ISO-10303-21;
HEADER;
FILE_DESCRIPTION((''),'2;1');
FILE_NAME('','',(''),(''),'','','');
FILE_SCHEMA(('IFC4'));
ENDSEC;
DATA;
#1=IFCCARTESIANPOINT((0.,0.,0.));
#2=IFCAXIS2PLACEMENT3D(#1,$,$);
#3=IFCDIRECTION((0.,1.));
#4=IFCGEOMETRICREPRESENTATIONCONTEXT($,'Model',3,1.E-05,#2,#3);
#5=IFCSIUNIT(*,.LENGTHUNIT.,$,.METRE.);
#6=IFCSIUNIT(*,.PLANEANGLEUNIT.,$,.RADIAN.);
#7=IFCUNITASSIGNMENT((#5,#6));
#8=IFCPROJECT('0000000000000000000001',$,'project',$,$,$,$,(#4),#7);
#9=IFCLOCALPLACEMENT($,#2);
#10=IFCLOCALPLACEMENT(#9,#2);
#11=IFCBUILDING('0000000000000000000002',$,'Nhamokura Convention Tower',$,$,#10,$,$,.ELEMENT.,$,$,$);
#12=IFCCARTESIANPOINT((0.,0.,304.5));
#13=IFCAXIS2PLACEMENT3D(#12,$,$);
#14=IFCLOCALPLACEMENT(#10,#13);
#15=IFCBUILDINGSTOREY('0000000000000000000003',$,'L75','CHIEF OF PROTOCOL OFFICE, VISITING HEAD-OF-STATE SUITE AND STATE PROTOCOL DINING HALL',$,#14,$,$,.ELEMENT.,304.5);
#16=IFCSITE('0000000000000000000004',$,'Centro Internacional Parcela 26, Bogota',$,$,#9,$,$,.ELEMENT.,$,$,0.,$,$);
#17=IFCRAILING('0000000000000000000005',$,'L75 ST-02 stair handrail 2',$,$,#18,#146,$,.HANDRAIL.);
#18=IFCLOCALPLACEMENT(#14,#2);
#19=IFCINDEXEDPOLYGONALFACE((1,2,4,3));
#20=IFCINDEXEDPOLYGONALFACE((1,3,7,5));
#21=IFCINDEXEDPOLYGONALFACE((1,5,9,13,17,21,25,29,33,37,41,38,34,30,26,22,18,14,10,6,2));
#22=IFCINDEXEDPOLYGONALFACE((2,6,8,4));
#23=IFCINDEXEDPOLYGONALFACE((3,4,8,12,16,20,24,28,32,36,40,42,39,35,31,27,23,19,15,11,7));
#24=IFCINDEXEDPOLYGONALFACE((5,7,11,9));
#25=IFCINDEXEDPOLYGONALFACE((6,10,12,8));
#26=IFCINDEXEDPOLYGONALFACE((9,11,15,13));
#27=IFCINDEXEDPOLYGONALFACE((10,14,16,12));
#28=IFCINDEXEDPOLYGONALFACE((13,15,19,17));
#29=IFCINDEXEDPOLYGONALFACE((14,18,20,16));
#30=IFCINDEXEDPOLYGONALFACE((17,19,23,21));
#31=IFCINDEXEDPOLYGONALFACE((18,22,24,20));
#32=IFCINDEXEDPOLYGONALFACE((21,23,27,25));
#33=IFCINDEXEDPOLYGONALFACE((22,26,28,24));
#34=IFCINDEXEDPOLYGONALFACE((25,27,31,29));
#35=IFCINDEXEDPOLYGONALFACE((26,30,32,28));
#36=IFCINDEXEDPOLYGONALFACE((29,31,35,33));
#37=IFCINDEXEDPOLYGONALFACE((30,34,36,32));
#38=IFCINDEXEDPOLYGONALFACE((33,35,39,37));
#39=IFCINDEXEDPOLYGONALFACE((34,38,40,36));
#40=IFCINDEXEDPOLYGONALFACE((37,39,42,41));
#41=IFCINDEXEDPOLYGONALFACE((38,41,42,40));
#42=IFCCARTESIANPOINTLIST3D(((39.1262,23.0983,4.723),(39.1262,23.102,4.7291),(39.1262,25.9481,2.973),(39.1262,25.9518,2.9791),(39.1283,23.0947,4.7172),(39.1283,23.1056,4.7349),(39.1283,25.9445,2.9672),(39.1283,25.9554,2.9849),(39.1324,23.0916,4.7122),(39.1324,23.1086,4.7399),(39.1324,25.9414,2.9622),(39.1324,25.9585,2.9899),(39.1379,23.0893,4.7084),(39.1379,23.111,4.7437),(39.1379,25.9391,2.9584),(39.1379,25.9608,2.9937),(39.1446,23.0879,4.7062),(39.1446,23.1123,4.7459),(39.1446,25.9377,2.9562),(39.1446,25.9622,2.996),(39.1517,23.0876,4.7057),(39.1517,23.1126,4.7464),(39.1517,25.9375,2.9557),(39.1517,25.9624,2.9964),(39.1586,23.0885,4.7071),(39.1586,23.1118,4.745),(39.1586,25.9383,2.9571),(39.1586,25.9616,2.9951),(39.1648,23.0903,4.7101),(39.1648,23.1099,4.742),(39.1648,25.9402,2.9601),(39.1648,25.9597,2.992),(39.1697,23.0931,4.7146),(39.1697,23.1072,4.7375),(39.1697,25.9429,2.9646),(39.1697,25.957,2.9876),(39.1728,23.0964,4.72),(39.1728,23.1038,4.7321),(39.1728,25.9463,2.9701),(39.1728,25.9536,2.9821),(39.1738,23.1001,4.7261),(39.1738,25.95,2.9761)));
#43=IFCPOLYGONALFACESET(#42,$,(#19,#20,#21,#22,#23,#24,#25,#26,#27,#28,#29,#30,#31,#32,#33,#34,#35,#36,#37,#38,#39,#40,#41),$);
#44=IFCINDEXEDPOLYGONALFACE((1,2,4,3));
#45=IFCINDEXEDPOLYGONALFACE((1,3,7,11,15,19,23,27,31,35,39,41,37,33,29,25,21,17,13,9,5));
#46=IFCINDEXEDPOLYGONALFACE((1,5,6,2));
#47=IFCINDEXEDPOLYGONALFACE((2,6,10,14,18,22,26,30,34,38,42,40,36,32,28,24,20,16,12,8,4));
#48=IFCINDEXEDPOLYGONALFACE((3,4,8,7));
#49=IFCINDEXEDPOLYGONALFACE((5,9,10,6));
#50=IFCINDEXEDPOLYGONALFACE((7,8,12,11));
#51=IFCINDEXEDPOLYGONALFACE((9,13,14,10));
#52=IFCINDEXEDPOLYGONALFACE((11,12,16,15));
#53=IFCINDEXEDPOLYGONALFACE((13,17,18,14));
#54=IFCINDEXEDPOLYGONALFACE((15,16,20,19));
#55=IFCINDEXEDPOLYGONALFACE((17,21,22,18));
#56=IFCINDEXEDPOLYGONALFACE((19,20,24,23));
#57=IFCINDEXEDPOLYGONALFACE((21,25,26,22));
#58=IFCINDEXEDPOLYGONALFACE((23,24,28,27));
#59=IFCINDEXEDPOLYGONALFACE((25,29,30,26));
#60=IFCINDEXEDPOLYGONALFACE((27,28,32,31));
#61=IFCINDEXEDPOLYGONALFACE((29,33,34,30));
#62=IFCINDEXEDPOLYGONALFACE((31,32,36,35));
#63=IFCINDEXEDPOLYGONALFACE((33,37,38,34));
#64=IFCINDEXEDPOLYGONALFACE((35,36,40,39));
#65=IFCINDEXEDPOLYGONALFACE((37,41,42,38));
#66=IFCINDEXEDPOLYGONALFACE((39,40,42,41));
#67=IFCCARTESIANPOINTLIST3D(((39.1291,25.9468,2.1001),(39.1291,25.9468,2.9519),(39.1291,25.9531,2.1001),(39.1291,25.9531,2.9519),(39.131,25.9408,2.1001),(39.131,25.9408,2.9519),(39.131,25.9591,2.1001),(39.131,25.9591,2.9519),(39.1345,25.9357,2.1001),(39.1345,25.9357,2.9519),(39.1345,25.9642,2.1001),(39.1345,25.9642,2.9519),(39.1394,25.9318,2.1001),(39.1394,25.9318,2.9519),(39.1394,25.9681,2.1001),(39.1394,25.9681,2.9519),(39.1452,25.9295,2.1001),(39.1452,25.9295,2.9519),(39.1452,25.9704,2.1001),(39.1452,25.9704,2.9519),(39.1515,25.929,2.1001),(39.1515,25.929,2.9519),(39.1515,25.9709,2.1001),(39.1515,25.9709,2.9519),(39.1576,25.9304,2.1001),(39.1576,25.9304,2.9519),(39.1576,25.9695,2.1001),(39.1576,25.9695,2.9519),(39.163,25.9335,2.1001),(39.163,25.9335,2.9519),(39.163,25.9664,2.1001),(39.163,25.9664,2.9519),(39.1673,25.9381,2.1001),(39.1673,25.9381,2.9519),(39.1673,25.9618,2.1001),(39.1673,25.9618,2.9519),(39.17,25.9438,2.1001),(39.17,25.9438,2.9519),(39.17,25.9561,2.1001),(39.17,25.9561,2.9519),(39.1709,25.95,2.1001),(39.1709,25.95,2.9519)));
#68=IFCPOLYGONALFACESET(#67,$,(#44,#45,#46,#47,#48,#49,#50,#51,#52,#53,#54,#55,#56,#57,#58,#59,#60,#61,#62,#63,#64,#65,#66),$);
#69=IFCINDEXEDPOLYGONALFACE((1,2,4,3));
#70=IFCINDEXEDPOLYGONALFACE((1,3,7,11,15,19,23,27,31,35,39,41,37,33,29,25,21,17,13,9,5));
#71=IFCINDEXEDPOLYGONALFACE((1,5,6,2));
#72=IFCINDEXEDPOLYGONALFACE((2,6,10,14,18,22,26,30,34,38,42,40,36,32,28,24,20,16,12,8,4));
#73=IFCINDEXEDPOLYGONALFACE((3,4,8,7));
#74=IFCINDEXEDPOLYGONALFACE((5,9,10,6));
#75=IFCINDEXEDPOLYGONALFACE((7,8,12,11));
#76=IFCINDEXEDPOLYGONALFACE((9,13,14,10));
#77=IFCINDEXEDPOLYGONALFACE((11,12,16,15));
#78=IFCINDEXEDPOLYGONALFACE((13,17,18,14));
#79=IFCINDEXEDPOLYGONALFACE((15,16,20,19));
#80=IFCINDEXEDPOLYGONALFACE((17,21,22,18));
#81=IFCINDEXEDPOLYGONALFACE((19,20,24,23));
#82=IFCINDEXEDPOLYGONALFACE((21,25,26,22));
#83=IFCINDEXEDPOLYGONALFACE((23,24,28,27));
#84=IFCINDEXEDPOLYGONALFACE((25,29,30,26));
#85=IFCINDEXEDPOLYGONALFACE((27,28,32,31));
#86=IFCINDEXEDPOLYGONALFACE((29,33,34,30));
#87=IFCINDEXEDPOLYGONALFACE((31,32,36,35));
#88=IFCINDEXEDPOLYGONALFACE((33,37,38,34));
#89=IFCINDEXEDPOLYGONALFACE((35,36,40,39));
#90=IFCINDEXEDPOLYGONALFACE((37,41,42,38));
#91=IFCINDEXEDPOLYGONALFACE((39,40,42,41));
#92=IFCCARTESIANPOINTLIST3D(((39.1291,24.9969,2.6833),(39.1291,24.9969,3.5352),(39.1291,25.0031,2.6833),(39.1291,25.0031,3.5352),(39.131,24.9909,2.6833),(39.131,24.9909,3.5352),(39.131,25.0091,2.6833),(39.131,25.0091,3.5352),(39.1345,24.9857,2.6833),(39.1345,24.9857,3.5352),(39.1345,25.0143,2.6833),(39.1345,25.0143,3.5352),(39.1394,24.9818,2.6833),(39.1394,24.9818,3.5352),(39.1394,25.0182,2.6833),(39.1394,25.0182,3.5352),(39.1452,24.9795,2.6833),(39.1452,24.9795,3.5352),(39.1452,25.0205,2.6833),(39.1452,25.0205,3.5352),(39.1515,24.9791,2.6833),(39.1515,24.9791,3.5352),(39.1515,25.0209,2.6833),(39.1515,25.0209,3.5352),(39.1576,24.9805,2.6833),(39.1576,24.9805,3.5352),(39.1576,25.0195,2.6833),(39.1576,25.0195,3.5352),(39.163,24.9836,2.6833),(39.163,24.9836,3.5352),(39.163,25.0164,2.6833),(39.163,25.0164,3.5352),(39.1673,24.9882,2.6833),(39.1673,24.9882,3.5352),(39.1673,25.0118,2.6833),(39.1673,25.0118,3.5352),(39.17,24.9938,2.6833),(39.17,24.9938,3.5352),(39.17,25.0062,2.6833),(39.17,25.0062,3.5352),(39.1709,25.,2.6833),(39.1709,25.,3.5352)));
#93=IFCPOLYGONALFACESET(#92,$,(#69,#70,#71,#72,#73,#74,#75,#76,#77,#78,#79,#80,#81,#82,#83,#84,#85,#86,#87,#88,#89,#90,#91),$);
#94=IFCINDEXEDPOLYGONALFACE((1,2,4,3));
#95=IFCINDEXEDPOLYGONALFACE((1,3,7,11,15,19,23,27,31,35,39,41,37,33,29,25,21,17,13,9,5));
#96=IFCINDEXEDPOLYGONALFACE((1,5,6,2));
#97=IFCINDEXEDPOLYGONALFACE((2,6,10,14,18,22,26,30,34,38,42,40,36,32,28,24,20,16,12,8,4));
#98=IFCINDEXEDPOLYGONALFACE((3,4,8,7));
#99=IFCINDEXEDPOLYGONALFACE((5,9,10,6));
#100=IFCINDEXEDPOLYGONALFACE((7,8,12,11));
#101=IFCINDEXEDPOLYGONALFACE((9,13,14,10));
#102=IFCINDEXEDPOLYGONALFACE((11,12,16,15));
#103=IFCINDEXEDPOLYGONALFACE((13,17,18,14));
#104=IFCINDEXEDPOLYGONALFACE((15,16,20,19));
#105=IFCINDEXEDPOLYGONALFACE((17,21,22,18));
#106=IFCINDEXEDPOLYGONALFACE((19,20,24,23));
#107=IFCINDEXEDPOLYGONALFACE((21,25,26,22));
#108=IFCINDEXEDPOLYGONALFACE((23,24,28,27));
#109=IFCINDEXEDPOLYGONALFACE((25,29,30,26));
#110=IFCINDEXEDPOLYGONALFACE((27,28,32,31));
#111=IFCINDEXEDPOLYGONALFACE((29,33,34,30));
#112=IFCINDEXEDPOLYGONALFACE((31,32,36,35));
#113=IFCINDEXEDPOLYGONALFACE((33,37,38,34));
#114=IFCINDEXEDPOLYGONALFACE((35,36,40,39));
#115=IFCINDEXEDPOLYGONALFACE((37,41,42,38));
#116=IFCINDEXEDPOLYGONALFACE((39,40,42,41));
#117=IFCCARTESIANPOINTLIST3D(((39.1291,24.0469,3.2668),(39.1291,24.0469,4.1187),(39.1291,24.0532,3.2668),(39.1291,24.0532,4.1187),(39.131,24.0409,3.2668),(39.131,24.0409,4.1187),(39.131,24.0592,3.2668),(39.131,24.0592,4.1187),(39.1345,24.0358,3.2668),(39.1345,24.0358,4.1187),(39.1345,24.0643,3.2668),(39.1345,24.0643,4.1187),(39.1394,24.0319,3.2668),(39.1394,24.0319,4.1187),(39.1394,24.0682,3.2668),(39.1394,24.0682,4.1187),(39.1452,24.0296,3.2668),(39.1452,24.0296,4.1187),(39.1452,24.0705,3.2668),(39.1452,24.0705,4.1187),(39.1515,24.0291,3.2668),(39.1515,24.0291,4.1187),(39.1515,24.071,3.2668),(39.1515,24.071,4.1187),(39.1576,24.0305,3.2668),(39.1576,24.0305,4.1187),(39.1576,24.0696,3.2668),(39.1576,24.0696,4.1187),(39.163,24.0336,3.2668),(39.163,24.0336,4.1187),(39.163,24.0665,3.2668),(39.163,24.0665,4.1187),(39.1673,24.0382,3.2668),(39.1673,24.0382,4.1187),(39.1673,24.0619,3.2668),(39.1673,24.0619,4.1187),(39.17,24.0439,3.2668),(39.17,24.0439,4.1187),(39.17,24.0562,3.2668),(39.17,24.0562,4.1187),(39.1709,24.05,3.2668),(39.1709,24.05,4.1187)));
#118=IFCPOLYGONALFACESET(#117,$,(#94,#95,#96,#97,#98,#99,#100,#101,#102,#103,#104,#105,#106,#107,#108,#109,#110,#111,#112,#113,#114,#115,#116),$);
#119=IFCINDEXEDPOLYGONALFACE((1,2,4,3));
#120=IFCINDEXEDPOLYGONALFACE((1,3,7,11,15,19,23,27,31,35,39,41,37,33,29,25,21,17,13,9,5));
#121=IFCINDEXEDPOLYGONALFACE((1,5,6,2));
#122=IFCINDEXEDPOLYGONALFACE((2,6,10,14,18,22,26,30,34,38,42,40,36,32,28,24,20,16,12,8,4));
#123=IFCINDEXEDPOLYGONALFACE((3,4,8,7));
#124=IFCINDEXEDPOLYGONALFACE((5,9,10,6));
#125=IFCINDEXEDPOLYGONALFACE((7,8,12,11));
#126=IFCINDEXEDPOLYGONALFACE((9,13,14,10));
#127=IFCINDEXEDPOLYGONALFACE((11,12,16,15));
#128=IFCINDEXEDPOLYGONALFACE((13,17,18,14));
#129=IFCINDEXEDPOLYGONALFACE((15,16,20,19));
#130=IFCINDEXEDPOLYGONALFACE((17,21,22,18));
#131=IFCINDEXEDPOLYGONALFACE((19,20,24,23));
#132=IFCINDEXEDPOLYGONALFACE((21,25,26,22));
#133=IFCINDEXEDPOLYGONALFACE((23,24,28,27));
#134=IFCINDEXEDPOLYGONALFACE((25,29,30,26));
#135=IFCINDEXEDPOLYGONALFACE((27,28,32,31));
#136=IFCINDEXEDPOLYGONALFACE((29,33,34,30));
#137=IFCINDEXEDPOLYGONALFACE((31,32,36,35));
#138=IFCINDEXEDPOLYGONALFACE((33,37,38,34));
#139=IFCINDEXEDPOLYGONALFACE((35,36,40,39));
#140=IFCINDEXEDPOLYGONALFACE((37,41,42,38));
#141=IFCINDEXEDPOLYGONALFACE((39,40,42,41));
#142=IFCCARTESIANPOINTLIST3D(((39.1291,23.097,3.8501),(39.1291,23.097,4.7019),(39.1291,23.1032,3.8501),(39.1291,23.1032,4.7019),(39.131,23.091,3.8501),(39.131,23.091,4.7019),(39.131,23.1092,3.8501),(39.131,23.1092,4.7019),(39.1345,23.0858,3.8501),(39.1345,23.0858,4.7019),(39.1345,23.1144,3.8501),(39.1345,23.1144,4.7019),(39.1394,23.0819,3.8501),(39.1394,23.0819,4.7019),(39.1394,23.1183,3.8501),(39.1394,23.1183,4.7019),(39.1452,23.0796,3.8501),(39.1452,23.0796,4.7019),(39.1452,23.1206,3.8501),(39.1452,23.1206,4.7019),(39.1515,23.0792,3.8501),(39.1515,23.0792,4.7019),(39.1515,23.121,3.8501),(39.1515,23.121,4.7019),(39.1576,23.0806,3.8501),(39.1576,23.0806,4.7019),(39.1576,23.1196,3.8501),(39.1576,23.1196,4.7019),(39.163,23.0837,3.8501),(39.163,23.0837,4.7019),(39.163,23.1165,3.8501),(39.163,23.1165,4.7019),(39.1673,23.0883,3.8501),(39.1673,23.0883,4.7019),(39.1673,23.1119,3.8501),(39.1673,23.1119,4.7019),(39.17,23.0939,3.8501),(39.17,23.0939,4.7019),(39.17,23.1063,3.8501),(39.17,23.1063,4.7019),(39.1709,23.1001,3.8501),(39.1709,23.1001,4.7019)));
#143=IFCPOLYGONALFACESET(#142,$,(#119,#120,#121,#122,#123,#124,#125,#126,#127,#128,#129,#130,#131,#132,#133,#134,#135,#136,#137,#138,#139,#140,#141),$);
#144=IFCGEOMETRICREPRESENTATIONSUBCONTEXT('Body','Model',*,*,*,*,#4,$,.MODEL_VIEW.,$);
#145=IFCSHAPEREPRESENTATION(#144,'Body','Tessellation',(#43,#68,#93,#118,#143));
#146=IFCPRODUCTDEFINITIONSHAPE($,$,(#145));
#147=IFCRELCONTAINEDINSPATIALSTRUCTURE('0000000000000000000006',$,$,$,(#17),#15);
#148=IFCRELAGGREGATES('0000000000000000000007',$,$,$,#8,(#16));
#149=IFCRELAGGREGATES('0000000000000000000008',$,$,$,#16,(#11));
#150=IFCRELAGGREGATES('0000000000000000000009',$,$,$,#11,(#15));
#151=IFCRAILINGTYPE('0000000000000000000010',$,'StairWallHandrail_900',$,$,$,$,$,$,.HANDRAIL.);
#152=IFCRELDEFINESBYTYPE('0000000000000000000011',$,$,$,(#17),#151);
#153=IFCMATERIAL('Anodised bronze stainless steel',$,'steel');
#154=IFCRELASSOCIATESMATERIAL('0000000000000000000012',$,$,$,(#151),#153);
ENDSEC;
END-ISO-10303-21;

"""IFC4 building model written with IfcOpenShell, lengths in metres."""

from ifc_helpers import new_model, si_unit, direction, frame, origin, origin_2d, place, context, subcontext, project, spatial, circle, extrude, material, type_object, element, save


model = new_model("IFC4")

# Units and contexts
model_context = context("Model", 3, precision=1e-05, world=origin(), true_north=direction((0.0, 1.0)))
body_context = subcontext(model_context, "Body", "Model", "MODEL_VIEW")
ifc_project = project(units=[si_unit("LENGTHUNIT", "METRE"), si_unit("PLANEANGLEUNIT", "RADIAN")], contexts=[model_context])

# Site, building, storey
site_placement = place(None, origin())
site = spatial("IfcSite", under=ifc_project, at=site_placement, Name="Centro Internacional Parcela 26, Bogota", CompositionType="ELEMENT", RefElevation=0.0)
building_placement = place(site_placement, origin())
building = spatial("IfcBuilding", under=site, at=building_placement, Name="Nhamokura Convention Tower", CompositionType="ELEMENT")
storey_placement = place(building_placement, frame((0.0, 0.0, 304.5)))
storey = spatial("IfcBuildingStorey", under=building, at=storey_placement, Name="L75", Description="CHIEF OF PROTOCOL OFFICE, VISITING HEAD-OF-STATE SUITE AND STATE PROTOCOL DINING HALL", CompositionType="ELEMENT", Elevation=304.5)

# Railing
ifc_material_1 = material(Name="Anodised bronze stainless steel", Category="steel")
railing_type_1 = type_object("IfcRailingType", Name="StairWallHandrail_900", PredefinedType="HANDRAIL", material=ifc_material_1)
railing_1_placement = place(storey_placement, frame((39.1499, 25.95, 2.1001)))
element("IfcRailing", 1, at=railing_1_placement, inside=storey, type_object=railing_type_1, Name="L75 ST-02 stair handrail 2", PredefinedType="HANDRAIL", context=body_context, shape_type="SweptSolid", body=[
    extrude(circle(Radius=0.0239, at=origin_2d()), frame((0.0, 0.0, 0.876), z_axis=(0.0, -0.852159, 0.523283), x_axis=(1.0, 0.0, 0.0)), (0.0, 0.0, 1.0), 3.3442),
    extrude(circle(Radius=0.021, at=origin_2d()), origin(), (0.0, 0.0, 1.0), 0.8518),
    extrude(circle(Radius=0.021, at=origin_2d()), frame((0.0, -0.95, 0.5833)), (0.0, 0.0, 1.0), 0.8518),
    extrude(circle(Radius=0.021, at=origin_2d()), frame((0.0, -1.8999, 1.1667)), (0.0, 0.0, 1.0), 0.8518),
    extrude(circle(Radius=0.021, at=origin_2d()), frame((0.0, -2.8499, 1.75)), (0.0, 0.0, 1.0), 0.8518),
])

save(model, "model.ifc")
